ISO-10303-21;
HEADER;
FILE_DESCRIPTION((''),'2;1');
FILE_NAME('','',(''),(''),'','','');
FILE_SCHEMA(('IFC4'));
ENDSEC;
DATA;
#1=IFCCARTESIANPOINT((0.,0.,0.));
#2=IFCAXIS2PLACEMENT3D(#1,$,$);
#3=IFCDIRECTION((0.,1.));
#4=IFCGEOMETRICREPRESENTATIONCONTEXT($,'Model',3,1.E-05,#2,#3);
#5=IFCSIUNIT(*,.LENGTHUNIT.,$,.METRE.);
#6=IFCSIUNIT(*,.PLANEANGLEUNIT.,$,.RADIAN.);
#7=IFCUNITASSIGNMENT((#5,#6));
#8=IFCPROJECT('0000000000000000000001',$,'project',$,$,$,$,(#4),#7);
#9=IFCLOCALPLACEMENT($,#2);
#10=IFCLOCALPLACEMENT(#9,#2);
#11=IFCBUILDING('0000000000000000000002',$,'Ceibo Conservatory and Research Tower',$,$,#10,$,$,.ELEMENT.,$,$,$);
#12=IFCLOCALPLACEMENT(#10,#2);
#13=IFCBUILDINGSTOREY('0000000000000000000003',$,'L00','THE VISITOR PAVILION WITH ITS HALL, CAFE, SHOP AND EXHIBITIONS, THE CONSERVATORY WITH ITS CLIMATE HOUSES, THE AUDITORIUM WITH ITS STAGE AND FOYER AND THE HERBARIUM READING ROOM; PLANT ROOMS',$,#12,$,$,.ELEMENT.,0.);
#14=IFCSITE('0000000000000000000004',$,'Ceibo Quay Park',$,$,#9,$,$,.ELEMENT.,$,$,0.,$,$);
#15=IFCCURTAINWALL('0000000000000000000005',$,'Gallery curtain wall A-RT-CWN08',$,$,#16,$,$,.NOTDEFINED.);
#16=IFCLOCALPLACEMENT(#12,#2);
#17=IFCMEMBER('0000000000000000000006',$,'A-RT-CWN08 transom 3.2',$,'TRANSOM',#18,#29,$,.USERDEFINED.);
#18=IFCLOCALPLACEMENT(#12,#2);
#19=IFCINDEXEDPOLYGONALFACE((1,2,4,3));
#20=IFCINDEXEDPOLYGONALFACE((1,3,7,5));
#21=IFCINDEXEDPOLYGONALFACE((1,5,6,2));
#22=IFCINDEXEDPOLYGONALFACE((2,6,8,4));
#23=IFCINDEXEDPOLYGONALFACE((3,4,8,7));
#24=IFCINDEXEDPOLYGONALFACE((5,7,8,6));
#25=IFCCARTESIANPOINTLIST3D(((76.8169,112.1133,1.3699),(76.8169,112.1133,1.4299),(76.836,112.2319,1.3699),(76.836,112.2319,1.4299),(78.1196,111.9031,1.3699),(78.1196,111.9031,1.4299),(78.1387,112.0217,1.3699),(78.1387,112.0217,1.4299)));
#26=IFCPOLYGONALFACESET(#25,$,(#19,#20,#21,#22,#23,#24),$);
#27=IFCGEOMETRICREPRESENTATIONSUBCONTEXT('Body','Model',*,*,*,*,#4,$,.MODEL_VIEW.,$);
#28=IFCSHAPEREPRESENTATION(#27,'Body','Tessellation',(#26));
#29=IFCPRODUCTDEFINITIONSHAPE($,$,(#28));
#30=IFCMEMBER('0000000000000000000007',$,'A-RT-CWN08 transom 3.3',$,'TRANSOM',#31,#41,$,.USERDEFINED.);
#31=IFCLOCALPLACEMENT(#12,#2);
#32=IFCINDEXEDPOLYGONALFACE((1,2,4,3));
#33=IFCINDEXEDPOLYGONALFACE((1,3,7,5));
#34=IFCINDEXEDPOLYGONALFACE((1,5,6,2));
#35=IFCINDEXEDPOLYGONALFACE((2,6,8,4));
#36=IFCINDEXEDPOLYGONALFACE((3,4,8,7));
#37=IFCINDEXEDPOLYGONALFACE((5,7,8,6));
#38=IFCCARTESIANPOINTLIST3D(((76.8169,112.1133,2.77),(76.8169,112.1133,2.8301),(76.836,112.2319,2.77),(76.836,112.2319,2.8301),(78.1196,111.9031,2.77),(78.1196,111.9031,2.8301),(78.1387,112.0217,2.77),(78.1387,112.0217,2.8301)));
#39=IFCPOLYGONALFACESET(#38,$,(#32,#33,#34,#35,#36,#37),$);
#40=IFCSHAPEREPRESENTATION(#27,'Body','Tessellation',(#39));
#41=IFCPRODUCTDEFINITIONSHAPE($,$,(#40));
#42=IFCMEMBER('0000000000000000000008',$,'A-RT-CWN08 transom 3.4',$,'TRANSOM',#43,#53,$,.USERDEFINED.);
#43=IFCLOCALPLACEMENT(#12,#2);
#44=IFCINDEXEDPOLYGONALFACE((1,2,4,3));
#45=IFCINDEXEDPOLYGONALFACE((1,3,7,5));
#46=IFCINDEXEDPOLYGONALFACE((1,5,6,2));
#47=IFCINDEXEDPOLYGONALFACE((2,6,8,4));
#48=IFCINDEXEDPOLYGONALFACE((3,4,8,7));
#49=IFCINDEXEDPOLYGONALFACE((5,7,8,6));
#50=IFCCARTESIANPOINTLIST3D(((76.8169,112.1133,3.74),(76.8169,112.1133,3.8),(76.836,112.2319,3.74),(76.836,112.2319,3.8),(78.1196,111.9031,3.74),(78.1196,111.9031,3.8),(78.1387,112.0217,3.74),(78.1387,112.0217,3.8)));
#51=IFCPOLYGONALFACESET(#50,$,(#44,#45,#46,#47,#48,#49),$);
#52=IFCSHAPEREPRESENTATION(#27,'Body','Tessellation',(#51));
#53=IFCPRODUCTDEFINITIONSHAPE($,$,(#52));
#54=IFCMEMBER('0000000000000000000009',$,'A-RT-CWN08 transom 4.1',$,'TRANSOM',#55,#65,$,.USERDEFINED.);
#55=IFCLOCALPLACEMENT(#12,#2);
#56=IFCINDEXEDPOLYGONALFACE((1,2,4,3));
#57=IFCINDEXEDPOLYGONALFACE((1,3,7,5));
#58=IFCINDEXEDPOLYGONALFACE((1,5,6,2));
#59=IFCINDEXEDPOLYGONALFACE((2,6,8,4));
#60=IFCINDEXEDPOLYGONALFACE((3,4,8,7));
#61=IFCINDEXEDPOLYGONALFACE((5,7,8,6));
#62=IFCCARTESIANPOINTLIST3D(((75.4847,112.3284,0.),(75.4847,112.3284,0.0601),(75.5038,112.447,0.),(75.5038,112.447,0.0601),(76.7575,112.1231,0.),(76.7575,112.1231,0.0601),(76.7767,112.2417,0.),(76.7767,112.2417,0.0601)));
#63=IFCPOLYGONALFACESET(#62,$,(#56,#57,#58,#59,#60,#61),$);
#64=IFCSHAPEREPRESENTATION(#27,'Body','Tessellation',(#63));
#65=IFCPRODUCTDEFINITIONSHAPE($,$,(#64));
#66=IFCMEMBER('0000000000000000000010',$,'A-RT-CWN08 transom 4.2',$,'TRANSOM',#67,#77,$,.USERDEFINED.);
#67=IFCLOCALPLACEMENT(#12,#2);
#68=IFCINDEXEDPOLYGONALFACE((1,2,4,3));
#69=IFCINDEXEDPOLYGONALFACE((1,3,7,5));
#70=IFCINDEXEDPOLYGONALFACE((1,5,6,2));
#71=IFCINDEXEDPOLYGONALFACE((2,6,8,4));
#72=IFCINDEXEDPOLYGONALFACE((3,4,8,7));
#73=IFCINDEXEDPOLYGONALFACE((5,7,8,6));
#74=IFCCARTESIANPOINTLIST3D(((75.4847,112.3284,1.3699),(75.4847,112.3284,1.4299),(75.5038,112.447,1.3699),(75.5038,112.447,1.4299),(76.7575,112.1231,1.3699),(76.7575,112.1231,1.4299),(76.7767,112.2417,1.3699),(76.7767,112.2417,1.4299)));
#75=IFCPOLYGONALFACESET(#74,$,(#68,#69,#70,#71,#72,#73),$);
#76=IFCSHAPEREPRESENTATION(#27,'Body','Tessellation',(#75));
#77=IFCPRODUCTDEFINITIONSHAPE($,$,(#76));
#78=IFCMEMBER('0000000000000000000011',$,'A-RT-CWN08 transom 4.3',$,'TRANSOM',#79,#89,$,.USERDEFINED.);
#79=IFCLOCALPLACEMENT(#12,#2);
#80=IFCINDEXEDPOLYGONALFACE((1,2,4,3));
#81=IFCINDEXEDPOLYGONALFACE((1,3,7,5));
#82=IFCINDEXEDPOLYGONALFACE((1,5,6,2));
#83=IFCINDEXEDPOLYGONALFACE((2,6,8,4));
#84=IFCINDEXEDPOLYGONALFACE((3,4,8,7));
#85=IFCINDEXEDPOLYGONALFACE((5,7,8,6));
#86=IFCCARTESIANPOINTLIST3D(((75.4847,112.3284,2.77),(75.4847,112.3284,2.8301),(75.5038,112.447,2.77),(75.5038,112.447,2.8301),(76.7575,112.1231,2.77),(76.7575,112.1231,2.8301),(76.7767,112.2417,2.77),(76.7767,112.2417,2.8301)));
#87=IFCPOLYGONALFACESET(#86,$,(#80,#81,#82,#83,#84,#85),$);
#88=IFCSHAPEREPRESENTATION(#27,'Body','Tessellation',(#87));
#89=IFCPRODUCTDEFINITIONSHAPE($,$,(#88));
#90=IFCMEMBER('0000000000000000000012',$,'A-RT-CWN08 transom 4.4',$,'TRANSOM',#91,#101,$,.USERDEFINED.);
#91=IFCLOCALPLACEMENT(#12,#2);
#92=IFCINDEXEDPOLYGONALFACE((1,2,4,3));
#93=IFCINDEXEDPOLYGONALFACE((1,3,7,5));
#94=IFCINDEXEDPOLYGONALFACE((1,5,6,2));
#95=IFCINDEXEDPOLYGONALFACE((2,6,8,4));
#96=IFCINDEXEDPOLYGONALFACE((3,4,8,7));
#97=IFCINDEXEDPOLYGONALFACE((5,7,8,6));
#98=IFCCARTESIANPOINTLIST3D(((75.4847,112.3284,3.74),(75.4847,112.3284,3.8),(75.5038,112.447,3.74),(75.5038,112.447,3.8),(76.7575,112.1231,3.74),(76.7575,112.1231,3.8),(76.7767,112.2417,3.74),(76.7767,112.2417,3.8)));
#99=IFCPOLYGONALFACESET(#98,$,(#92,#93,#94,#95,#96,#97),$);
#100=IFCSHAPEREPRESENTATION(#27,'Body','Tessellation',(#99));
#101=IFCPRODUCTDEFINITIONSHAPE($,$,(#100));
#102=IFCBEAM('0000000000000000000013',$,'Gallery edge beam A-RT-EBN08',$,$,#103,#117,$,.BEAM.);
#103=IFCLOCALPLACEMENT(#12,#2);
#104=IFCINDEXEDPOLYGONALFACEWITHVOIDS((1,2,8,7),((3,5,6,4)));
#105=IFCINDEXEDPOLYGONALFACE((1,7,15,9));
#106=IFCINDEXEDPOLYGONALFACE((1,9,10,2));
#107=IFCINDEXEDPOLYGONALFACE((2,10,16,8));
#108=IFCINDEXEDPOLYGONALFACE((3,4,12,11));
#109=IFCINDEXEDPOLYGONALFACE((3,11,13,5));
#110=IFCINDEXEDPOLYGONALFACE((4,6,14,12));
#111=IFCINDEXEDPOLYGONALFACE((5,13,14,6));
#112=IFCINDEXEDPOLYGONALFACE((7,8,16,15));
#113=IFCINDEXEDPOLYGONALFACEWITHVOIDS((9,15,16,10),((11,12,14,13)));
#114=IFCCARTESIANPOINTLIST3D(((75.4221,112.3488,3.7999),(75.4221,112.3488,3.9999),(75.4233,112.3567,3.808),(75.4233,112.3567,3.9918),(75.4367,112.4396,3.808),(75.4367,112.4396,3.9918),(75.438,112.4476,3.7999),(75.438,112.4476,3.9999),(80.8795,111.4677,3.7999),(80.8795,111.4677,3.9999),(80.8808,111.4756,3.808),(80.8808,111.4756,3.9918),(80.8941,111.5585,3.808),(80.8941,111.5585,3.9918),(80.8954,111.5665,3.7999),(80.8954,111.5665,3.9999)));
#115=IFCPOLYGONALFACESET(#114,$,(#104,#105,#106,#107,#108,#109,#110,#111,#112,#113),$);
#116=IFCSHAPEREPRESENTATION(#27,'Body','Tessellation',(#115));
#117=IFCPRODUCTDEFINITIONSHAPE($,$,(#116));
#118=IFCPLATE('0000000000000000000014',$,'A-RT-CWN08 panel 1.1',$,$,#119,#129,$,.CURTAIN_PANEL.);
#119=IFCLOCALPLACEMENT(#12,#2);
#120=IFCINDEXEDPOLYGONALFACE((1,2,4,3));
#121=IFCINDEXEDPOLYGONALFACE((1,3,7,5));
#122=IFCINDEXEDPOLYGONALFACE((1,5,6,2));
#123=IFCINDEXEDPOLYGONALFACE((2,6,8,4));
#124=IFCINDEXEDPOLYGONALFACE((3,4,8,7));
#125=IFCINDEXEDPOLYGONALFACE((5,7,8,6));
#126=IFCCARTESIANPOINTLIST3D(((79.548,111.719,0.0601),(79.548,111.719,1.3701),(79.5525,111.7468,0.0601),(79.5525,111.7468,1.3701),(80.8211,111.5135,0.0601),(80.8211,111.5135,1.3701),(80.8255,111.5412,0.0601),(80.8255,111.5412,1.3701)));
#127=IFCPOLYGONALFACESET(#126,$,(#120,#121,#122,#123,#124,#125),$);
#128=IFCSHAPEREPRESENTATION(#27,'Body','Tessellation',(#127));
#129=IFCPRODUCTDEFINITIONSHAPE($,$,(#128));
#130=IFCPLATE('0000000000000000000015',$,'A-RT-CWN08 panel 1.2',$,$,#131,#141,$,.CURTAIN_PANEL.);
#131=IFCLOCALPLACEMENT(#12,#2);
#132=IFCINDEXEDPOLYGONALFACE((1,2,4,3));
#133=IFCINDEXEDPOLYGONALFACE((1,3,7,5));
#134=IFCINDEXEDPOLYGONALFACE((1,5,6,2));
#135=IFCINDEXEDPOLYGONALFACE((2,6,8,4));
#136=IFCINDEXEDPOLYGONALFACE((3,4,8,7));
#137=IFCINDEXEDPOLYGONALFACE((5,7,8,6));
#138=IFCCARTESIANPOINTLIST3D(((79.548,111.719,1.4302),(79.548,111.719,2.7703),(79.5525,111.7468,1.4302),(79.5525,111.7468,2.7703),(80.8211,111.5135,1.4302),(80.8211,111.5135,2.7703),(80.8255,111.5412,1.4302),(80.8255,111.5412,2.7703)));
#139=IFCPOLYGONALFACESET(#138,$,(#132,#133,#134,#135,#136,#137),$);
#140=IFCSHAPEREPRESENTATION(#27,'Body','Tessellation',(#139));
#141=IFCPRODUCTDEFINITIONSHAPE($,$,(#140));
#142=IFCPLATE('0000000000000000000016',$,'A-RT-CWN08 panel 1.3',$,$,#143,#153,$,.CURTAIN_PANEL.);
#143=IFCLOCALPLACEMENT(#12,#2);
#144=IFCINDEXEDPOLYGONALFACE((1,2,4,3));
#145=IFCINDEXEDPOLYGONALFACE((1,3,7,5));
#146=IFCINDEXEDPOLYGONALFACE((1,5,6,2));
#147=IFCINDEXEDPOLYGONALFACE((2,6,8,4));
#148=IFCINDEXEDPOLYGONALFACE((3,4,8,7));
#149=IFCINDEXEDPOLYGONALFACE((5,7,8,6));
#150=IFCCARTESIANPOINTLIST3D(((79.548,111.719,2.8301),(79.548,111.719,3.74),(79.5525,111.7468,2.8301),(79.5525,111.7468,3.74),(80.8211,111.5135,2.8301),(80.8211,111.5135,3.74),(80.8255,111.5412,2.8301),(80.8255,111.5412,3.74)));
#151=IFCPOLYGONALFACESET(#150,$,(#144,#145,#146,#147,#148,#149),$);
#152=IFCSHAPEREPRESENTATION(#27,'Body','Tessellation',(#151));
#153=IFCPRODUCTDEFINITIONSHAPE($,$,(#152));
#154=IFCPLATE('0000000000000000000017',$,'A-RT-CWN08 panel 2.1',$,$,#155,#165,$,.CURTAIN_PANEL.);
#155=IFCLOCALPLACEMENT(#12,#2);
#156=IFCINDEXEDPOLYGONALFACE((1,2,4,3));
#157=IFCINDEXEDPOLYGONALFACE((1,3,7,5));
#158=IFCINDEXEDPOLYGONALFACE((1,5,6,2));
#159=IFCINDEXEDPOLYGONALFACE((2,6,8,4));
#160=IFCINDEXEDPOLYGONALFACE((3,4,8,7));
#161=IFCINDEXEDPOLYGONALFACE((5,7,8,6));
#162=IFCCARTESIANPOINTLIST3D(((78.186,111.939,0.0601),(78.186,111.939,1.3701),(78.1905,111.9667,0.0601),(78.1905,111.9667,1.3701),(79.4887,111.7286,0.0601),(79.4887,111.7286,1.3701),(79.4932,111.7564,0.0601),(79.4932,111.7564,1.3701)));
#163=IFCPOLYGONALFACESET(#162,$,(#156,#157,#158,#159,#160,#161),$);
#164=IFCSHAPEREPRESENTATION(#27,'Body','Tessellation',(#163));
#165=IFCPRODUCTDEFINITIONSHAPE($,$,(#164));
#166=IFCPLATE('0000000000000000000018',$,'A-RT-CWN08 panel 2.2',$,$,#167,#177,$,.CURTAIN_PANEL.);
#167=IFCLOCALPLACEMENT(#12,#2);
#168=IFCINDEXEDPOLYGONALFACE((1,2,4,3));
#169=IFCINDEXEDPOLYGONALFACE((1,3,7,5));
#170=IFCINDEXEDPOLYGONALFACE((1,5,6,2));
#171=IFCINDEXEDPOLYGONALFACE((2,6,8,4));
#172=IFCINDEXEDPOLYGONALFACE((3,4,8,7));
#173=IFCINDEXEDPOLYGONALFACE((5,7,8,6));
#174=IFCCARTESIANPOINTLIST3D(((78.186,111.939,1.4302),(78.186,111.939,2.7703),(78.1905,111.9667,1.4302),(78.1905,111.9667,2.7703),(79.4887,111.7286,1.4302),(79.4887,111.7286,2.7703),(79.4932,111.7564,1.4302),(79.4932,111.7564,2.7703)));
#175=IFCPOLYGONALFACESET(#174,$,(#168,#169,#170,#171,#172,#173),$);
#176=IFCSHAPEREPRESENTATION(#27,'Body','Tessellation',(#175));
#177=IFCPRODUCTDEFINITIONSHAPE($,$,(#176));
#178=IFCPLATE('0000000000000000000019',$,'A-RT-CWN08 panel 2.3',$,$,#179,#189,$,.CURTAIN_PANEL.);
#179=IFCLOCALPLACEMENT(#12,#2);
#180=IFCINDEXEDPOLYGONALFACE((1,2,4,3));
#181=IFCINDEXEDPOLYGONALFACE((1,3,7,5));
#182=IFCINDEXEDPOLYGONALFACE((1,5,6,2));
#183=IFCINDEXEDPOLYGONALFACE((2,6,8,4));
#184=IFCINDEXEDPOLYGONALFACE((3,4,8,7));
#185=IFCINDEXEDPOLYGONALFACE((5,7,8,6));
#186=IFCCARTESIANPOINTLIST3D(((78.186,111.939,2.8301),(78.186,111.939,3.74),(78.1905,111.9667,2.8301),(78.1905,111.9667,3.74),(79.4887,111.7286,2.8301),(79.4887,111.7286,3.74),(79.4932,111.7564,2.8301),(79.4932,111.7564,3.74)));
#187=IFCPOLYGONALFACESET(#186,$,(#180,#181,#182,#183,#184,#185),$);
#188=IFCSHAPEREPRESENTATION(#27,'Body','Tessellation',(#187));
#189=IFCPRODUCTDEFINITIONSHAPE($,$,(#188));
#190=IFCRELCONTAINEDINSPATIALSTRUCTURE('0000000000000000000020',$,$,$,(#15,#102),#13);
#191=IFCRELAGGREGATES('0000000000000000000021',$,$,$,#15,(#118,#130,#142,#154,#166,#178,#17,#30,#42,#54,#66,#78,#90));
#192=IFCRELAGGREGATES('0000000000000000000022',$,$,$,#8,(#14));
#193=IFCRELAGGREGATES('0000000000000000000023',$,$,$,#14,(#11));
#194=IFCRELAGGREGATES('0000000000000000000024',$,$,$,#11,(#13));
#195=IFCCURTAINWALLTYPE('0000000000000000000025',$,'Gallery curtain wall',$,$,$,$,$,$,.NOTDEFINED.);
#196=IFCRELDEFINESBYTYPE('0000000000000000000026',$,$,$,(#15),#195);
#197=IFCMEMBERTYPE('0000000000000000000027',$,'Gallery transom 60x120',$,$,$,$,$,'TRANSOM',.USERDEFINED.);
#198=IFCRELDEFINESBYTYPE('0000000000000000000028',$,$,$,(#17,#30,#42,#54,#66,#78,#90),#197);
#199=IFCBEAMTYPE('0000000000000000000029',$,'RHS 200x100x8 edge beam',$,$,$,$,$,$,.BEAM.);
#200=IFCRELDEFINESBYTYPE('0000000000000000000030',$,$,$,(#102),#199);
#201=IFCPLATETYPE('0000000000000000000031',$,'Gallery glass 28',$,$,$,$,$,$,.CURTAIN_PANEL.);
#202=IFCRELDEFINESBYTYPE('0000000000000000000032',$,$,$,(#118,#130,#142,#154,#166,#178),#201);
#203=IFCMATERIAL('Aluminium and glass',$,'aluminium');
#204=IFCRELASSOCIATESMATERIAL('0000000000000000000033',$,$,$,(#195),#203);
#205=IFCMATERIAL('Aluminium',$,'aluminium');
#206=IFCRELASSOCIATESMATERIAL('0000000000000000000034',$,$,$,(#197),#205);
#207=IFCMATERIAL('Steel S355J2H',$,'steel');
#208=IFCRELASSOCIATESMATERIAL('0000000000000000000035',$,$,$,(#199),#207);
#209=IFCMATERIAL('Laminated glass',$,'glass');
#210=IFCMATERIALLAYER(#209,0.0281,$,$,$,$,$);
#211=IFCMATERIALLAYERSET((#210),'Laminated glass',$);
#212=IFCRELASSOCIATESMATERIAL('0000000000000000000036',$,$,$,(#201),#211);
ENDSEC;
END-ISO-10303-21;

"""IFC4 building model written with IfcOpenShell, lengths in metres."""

from ifc_helpers import new_model, si_unit, direction, frame, origin, origin_2d, place, context, subcontext, project, spatial, rectangle, hollow_rectangle, extrude, material, layer, layer_set, material_profile, profile_set, type_object, element, aggregate, save


model = new_model("IFC4")

# Units and contexts
model_context = context("Model", 3, precision=1e-05, world=origin(), true_north=direction((0.0, 1.0)))
body_context = subcontext(model_context, "Body", "Model", "MODEL_VIEW")
ifc_project = project(units=[si_unit("LENGTHUNIT", "METRE"), si_unit("PLANEANGLEUNIT", "RADIAN")], contexts=[model_context])

# Site, building, storey
site_placement = place(None, origin())
site = spatial("IfcSite", under=ifc_project, at=site_placement, Name="Ceibo Quay Park", CompositionType="ELEMENT", RefElevation=0.0)
building_placement = place(site_placement, origin())
building = spatial("IfcBuilding", under=site, at=building_placement, Name="Ceibo Conservatory and Research Tower", CompositionType="ELEMENT")
storey_placement = place(building_placement, origin())
storey = spatial("IfcBuildingStorey", under=building, at=storey_placement, Name="L00", Description="THE VISITOR PAVILION WITH ITS HALL, CAFE, SHOP AND EXHIBITIONS, THE CONSERVATORY WITH ITS CLIMATE HOUSES, THE AUDITORIUM WITH ITS STAGE AND FOYER AND THE HERBARIUM READING ROOM; PLANT ROOMS", CompositionType="ELEMENT", Elevation=0.0)

# Shared definitions
ifc_material_1 = material(Name="Steel S355J2H", Category="steel")

# Curtain wall, members
ifc_material_2 = material(Name="Aluminium and glass", Category="aluminium")
curtain_wall_type = type_object("IfcCurtainWallType", Name="Gallery curtain wall", PredefinedType="NOTDEFINED", material=ifc_material_2)
curtain_wall_placement = place(storey_placement, origin())
curtain_wall = element("IfcCurtainWall", 1, at=curtain_wall_placement, inside=storey, type_object=curtain_wall_type, Name="Gallery curtain wall A-RT-CWN08", PredefinedType="NOTDEFINED")
ifc_material_3 = material(Name="Aluminium", Category="aluminium")
ifc_material_profile_1 = material_profile(ifc_material_3, rectangle(XDim=0.1201, YDim=0.0601, at=origin_2d()), Name="AL 60x120")
ifc_profile_set_1 = profile_set([ifc_material_profile_1], Name="Aluminium")
member_type_1 = type_object("IfcMemberType", Name="Gallery transom 60x120", ElementType="TRANSOM", PredefinedType="USERDEFINED", material=ifc_profile_set_1)
member_1_placement = place(storey_placement, frame((78.1292, 111.9624, 1.3999), z_axis=(-0.987231, 0.159296, 0.0), x_axis=(-0.159296, -0.987231, 0.0)))
member_1 = element("IfcMember", 2, at=member_1_placement, type_object=member_type_1, Name="A-RT-CWN08 transom 3.2", ObjectType="TRANSOM", PredefinedType="USERDEFINED", context=body_context, shape_type="SweptSolid", body=[
    extrude(rectangle(XDim=0.1201, YDim=0.0601, at=origin_2d()), origin(), (0.0, 0.0, 1.0), 1.3196),
])
member_2_placement = place(storey_placement, frame((78.1292, 111.9624, 2.8), z_axis=(-0.987231, 0.159296, 0.0), x_axis=(-0.159296, -0.987231, 0.0)))
member_2 = element("IfcMember", 3, at=member_2_placement, type_object=member_type_1, Name="A-RT-CWN08 transom 3.3", ObjectType="TRANSOM", PredefinedType="USERDEFINED", context=body_context, shape_type="SweptSolid", body=[
    extrude(rectangle(XDim=0.1201, YDim=0.0601, at=origin_2d()), origin(), (0.0, 0.0, 1.0), 1.3196),
])
member_3_placement = place(storey_placement, frame((78.1292, 111.9624, 3.77), z_axis=(-0.987231, 0.159296, 0.0), x_axis=(-0.159296, -0.987231, 0.0)))
member_3 = element("IfcMember", 4, at=member_3_placement, type_object=member_type_1, Name="A-RT-CWN08 transom 3.4", ObjectType="TRANSOM", PredefinedType="USERDEFINED", context=body_context, shape_type="SweptSolid", body=[
    extrude(rectangle(XDim=0.1201, YDim=0.0601, at=origin_2d()), origin(), (0.0, 0.0, 1.0), 1.3196),
])
member_4_placement = place(storey_placement, frame((76.7671, 112.1824, 0.03), z_axis=(-0.98724, 0.159238, 0.0), x_axis=(-0.159238, -0.98724, 0.0)))
member_4 = element("IfcMember", 5, at=member_4_placement, type_object=member_type_1, Name="A-RT-CWN08 transom 4.1", ObjectType="TRANSOM", PredefinedType="USERDEFINED", context=body_context, shape_type="SweptSolid", body=[
    extrude(rectangle(XDim=0.1201, YDim=0.0601, at=origin_2d()), origin(), (0.0, 0.0, 1.0), 1.2893),
])
member_5_placement = place(storey_placement, frame((76.7671, 112.1824, 1.3999), z_axis=(-0.98724, 0.159238, 0.0), x_axis=(-0.159238, -0.98724, 0.0)))
member_5 = element("IfcMember", 6, at=member_5_placement, type_object=member_type_1, Name="A-RT-CWN08 transom 4.2", ObjectType="TRANSOM", PredefinedType="USERDEFINED", context=body_context, shape_type="SweptSolid", body=[
    extrude(rectangle(XDim=0.1201, YDim=0.0601, at=origin_2d()), origin(), (0.0, 0.0, 1.0), 1.2893),
])
member_6_placement = place(storey_placement, frame((76.7671, 112.1824, 2.8), z_axis=(-0.98724, 0.159238, 0.0), x_axis=(-0.159238, -0.98724, 0.0)))
member_6 = element("IfcMember", 7, at=member_6_placement, type_object=member_type_1, Name="A-RT-CWN08 transom 4.3", ObjectType="TRANSOM", PredefinedType="USERDEFINED", context=body_context, shape_type="SweptSolid", body=[
    extrude(rectangle(XDim=0.1201, YDim=0.0601, at=origin_2d()), origin(), (0.0, 0.0, 1.0), 1.2893),
])
member_7_placement = place(storey_placement, frame((76.7671, 112.1824, 3.77), z_axis=(-0.98724, 0.159238, 0.0), x_axis=(-0.159238, -0.98724, 0.0)))
member_7 = element("IfcMember", 8, at=member_7_placement, type_object=member_type_1, Name="A-RT-CWN08 transom 4.4", ObjectType="TRANSOM", PredefinedType="USERDEFINED", context=body_context, shape_type="SweptSolid", body=[
    extrude(rectangle(XDim=0.1201, YDim=0.0601, at=origin_2d()), origin(), (0.0, 0.0, 1.0), 1.2893),
])

# Beam
ifc_material_profile_2 = material_profile(ifc_material_1, hollow_rectangle(XDim=0.1001, YDim=0.2, WallThickness=0.0081, at=origin_2d()), Name="RHS 200x100x8 edge beam")
ifc_profile_set_2 = profile_set([ifc_material_profile_2], Name="Steel S355J2H")
beam_type = type_object("IfcBeamType", Name="RHS 200x100x8 edge beam", PredefinedType="BEAM", material=ifc_profile_set_2)
beam_placement = place(storey_placement, frame((80.8875, 111.5171, 3.8999), z_axis=(-0.987217, 0.159384, 0.0), x_axis=(-0.159384, -0.987217, 0.0)))
element("IfcBeam", 9, at=beam_placement, inside=storey, type_object=beam_type, Name="Gallery edge beam A-RT-EBN08", PredefinedType="BEAM", context=body_context, shape_type="SweptSolid", body=[
    extrude(hollow_rectangle(XDim=0.1001, YDim=0.2, WallThickness=0.0081, at=origin_2d()), origin(), (0.0, 0.0, 1.0), 5.5281),
])

# Plates
ifc_material_4 = material(Name="Laminated glass", Category="glass")
ifc_layer = layer(ifc_material_4, 0.0281)
ifc_layer_set = layer_set([ifc_layer], Name="Laminated glass")
plate_type = type_object("IfcPlateType", Name="Gallery glass 28", PredefinedType="CURTAIN_PANEL", material=ifc_layer_set)
plate_1_placement = place(storey_placement, frame((80.1868, 111.6301, 0.0601), z_axis=(0.0, 0.0, 1.0), x_axis=(-0.987216, 0.159391, 0.0)))
plate_1 = element("IfcPlate", 10, at=plate_1_placement, type_object=plate_type, Name="A-RT-CWN08 panel 1.1", PredefinedType="CURTAIN_PANEL", context=body_context, shape_type="SweptSolid", body=[
    extrude(rectangle(XDim=1.2896, YDim=0.0281, at=origin_2d()), origin(), (0.0, 0.0, 1.0), 1.3101),
])
plate_2_placement = place(storey_placement, frame((80.1868, 111.6301, 1.4302), z_axis=(0.0, 0.0, 1.0), x_axis=(-0.987216, 0.159391, 0.0)))
plate_2 = element("IfcPlate", 11, at=plate_2_placement, type_object=plate_type, Name="A-RT-CWN08 panel 1.2", PredefinedType="CURTAIN_PANEL", context=body_context, shape_type="SweptSolid", body=[
    extrude(rectangle(XDim=1.2896, YDim=0.0281, at=origin_2d()), origin(), (0.0, 0.0, 1.0), 1.3401),
])
plate_3_placement = place(storey_placement, frame((80.1868, 111.6301, 2.8301), z_axis=(0.0, 0.0, 1.0), x_axis=(-0.987216, 0.159391, 0.0)))
plate_3 = element("IfcPlate", 12, at=plate_3_placement, type_object=plate_type, Name="A-RT-CWN08 panel 1.3", PredefinedType="CURTAIN_PANEL", context=body_context, shape_type="SweptSolid", body=[
    extrude(rectangle(XDim=1.2896, YDim=0.0281, at=origin_2d()), origin(), (0.0, 0.0, 1.0), 0.9099),
])
plate_4_placement = place(storey_placement, frame((78.8396, 111.8477, 0.0601), z_axis=(0.0, 0.0, 1.0), x_axis=(-0.987216, 0.159391, 0.0)))
plate_4 = element("IfcPlate", 13, at=plate_4_placement, type_object=plate_type, Name="A-RT-CWN08 panel 2.1", PredefinedType="CURTAIN_PANEL", context=body_context, shape_type="SweptSolid", body=[
    extrude(rectangle(XDim=1.3196, YDim=0.0281, at=origin_2d()), origin(), (0.0, 0.0, 1.0), 1.3101),
])
plate_5_placement = place(storey_placement, frame((78.8396, 111.8477, 1.4302), z_axis=(0.0, 0.0, 1.0), x_axis=(-0.987216, 0.159391, 0.0)))
plate_5 = element("IfcPlate", 14, at=plate_5_placement, type_object=plate_type, Name="A-RT-CWN08 panel 2.2", PredefinedType="CURTAIN_PANEL", context=body_context, shape_type="SweptSolid", body=[
    extrude(rectangle(XDim=1.3196, YDim=0.0281, at=origin_2d()), origin(), (0.0, 0.0, 1.0), 1.3401),
])
plate_6_placement = place(storey_placement, frame((78.8396, 111.8477, 2.8301), z_axis=(0.0, 0.0, 1.0), x_axis=(-0.987216, 0.159391, 0.0)))
plate_6 = element("IfcPlate", 15, at=plate_6_placement, type_object=plate_type, Name="A-RT-CWN08 panel 2.3", PredefinedType="CURTAIN_PANEL", context=body_context, shape_type="SweptSolid", body=[
    extrude(rectangle(XDim=1.3196, YDim=0.0281, at=origin_2d()), origin(), (0.0, 0.0, 1.0), 0.9099),
])
aggregate(curtain_wall, [plate_1, plate_2, plate_3, plate_4, plate_5, plate_6, member_1, member_2, member_3, member_4, member_5, member_6, member_7])

save(model, "model.ifc")
